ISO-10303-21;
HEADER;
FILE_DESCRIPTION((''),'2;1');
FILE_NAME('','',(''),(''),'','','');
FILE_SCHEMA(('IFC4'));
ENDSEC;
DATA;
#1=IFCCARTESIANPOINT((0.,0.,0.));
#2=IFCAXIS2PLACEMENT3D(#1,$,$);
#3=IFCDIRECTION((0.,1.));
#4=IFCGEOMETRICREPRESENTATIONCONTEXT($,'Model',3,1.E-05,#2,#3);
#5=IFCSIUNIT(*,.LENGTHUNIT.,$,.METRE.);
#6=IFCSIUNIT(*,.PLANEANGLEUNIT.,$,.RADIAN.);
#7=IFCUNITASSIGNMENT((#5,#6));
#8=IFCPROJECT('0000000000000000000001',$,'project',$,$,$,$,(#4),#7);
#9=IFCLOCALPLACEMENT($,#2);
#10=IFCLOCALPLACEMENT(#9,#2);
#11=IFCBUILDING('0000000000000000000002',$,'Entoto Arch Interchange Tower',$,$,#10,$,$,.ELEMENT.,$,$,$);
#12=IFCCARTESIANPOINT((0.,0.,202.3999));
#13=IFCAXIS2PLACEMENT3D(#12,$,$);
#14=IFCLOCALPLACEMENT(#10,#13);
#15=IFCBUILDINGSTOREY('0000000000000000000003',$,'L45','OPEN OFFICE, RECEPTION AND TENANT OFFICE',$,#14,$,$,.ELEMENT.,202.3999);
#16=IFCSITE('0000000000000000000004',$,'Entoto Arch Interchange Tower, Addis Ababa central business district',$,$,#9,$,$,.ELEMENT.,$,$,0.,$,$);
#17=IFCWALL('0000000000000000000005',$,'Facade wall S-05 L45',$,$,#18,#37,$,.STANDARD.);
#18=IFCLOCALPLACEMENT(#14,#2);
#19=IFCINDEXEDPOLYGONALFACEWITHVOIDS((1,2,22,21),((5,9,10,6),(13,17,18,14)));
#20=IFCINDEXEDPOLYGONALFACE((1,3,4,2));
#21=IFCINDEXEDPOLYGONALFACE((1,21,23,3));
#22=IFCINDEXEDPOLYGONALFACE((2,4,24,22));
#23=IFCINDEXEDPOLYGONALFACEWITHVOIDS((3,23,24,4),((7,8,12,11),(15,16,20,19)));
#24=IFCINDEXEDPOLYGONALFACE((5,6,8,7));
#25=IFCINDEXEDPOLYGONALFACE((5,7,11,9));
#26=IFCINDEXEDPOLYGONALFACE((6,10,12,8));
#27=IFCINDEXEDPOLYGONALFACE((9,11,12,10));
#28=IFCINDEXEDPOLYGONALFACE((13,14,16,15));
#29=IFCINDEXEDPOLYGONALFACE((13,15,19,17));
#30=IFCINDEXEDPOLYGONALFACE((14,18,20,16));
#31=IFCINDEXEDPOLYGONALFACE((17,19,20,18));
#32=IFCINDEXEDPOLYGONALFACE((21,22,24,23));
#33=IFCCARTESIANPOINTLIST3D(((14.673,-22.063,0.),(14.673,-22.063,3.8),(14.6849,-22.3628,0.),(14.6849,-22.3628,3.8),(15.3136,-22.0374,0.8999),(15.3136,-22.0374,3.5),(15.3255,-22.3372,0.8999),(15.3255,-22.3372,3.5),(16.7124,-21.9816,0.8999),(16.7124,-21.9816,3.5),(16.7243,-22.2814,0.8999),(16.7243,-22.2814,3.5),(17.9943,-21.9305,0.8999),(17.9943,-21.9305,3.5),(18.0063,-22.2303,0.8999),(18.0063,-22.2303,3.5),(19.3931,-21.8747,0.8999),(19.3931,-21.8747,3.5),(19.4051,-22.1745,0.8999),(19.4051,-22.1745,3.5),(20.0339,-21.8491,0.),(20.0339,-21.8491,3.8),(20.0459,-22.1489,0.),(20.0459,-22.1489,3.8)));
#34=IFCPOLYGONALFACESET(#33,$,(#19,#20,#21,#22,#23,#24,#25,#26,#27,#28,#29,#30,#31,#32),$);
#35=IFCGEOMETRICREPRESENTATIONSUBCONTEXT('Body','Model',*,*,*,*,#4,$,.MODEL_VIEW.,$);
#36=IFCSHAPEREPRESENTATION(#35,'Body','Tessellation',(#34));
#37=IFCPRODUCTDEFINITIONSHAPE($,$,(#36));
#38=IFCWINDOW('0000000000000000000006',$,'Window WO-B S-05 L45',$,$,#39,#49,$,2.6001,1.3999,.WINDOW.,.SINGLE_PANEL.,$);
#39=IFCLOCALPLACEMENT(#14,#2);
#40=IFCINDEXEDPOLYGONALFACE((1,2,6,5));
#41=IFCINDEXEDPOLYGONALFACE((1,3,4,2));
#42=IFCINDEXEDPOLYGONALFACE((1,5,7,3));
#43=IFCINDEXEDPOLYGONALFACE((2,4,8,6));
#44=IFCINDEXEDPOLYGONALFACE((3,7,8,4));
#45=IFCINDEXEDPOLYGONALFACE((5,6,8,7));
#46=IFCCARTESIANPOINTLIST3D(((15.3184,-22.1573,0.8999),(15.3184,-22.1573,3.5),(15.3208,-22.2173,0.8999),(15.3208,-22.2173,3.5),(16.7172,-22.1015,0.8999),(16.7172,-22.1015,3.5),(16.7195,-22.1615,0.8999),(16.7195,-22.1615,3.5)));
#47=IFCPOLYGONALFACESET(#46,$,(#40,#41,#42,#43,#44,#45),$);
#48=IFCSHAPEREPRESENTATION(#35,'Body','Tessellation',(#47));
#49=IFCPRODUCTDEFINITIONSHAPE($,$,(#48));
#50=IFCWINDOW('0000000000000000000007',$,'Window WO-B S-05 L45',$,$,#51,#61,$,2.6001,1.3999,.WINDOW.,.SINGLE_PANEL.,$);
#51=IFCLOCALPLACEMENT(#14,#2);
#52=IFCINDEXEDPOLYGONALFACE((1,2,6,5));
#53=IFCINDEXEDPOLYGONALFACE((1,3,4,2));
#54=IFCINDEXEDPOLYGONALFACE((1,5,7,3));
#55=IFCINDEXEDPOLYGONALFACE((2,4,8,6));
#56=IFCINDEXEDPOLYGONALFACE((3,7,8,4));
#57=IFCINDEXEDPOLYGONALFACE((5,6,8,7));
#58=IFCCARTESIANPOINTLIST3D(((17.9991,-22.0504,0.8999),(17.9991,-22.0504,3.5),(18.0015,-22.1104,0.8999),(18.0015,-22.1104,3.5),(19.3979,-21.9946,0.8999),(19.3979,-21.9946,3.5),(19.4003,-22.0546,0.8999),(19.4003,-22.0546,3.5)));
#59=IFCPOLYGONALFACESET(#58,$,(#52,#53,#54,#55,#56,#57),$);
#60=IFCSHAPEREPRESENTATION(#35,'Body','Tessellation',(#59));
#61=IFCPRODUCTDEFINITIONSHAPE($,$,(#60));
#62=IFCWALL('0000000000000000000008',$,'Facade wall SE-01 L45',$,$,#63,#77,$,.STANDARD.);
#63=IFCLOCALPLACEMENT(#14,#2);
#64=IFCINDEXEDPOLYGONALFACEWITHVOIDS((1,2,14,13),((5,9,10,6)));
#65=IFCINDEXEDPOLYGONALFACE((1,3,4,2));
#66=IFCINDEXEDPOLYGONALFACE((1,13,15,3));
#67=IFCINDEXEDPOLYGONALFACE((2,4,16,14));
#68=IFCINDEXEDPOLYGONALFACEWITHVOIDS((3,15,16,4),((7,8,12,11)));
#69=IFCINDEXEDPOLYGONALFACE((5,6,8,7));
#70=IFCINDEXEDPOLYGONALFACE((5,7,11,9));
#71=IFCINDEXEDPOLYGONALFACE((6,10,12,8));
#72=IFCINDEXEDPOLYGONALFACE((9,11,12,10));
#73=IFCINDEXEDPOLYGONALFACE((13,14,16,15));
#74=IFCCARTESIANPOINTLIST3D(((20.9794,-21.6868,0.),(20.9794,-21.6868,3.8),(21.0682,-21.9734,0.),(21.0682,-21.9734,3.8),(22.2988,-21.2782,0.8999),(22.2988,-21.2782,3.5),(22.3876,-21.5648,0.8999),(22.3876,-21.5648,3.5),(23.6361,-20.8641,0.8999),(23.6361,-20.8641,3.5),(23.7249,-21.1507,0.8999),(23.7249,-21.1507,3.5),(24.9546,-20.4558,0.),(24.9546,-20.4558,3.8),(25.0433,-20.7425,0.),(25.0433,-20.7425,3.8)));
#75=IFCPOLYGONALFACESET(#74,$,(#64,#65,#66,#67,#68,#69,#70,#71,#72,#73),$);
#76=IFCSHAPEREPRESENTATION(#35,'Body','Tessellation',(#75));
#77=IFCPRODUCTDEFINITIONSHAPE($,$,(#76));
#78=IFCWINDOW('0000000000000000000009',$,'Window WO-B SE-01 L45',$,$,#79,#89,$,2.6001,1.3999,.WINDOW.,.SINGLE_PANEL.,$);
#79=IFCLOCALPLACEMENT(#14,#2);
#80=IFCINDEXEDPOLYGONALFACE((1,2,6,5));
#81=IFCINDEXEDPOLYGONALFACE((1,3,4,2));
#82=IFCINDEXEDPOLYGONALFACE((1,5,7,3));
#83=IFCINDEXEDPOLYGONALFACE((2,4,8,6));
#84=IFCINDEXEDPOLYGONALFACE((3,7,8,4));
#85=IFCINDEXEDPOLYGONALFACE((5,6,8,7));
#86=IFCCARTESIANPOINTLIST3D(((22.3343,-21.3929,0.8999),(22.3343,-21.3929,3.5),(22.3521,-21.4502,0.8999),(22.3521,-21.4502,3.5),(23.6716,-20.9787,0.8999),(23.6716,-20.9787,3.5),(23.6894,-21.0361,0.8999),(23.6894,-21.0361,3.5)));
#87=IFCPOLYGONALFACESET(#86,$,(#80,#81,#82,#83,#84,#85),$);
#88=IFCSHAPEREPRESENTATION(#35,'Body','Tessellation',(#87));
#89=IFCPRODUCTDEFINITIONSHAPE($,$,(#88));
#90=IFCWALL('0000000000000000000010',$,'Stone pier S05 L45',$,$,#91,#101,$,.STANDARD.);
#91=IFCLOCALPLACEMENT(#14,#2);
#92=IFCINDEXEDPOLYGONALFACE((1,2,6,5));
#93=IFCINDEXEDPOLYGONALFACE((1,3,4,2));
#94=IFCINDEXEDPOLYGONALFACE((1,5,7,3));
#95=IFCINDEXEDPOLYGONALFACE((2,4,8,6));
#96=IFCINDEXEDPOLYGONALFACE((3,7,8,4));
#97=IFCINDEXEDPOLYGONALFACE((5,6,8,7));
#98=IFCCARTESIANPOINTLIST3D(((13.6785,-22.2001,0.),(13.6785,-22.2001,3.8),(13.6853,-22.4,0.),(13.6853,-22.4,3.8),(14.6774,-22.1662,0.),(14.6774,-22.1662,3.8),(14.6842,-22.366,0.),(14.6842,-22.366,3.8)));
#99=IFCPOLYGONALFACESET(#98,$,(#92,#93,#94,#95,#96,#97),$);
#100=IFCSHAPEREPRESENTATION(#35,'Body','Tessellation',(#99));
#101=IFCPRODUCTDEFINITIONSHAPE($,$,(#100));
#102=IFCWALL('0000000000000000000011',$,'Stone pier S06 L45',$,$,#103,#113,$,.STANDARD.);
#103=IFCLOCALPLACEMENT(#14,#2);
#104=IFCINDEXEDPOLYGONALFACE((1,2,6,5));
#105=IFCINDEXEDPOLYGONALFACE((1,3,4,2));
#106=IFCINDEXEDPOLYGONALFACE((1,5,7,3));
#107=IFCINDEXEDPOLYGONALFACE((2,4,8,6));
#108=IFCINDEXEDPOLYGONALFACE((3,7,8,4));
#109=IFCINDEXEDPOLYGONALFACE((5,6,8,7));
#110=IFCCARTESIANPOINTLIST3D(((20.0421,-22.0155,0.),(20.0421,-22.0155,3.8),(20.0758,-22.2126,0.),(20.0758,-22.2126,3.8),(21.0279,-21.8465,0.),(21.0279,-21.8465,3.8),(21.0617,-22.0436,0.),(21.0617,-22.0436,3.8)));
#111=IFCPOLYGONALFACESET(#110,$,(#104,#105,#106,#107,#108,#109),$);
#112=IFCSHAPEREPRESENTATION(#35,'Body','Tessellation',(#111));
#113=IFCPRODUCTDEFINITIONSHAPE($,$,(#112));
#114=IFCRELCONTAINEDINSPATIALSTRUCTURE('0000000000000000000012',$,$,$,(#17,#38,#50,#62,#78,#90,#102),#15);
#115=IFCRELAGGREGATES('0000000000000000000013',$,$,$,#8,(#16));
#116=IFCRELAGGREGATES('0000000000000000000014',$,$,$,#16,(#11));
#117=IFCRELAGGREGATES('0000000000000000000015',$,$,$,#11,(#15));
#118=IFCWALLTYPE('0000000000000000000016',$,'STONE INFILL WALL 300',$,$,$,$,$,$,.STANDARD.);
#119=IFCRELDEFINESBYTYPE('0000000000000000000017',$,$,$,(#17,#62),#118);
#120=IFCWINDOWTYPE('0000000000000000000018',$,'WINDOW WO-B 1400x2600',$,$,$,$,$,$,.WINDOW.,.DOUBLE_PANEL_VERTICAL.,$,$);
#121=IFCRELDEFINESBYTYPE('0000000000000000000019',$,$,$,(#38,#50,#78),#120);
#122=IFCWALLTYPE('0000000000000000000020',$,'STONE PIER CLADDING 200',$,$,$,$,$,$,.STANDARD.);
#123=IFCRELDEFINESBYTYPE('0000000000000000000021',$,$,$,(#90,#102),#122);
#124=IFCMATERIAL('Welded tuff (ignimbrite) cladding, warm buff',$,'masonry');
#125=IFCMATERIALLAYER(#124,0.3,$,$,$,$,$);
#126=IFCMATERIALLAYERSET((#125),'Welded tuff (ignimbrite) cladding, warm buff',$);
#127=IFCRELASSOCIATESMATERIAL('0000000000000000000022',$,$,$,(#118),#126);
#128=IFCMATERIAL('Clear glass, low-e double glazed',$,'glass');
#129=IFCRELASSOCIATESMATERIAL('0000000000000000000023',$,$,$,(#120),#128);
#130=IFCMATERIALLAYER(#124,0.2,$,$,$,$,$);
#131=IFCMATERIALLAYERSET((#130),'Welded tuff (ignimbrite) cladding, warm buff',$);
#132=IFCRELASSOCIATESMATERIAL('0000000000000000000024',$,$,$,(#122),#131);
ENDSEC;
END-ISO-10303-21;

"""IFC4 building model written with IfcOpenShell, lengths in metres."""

from ifc_helpers import new_model, si_unit, direction, frame, frame_2d, origin, place, context, subcontext, project, spatial, rectangle, extrude, material, layer, layer_set, type_object, element, fill, save


model = new_model("IFC4")

# Units and contexts
model_context = context("Model", 3, precision=1e-05, world=origin(), true_north=direction((0.0, 1.0)))
body_context = subcontext(model_context, "Body", "Model", "MODEL_VIEW")
ifc_project = project(units=[si_unit("LENGTHUNIT", "METRE"), si_unit("PLANEANGLEUNIT", "RADIAN")], contexts=[model_context])

# Site, building, storey
site_placement = place(None, origin())
site = spatial("IfcSite", under=ifc_project, at=site_placement, Name="Entoto Arch Interchange Tower, Addis Ababa central business district", CompositionType="ELEMENT", RefElevation=0.0)
building_placement = place(site_placement, origin())
building = spatial("IfcBuilding", under=site, at=building_placement, Name="Entoto Arch Interchange Tower", CompositionType="ELEMENT")
storey_placement = place(building_placement, frame((0.0, 0.0, 202.3999)))
storey = spatial("IfcBuildingStorey", under=building, at=storey_placement, Name="L45", Description="OPEN OFFICE, RECEPTION AND TENANT OFFICE", CompositionType="ELEMENT", Elevation=202.3999)

# Wall, openings, windows
ifc_material_1 = material(Name="Welded tuff (ignimbrite) cladding, warm buff", Category="masonry")
ifc_layer_1 = layer(ifc_material_1, 0.3)
ifc_layer_set_1 = layer_set([ifc_layer_1], Name="Welded tuff (ignimbrite) cladding, warm buff")
wall_type_1 = type_object("IfcWallType", Name="STONE INFILL WALL 300", PredefinedType="STANDARD", material=ifc_layer_set_1)
ifc_material_2 = material(Name="Clear glass, low-e double glazed", Category="glass")
window_type = type_object("IfcWindowType", Name="WINDOW WO-B 1400x2600", PartitioningType="DOUBLE_PANEL_VERTICAL", PredefinedType="WINDOW", material=ifc_material_2)
wall_1_placement = place(storey_placement, frame((14.679, -22.2129, 0.0), z_axis=(0.0, 0.0, 1.0), x_axis=(0.999205, 0.039861, 0.0)))
wall_1 = element("IfcWall", 1, at=wall_1_placement, inside=storey, type_object=wall_type_1, Name="Facade wall S-05 L45", PredefinedType="STANDARD", context=body_context, shape_type="SweptSolid", body=[
    extrude(rectangle(XDim=5.3652, YDim=0.3, at=frame_2d((2.6826, 0.0))), origin(), (0.0, 0.0, 1.0), 3.8),
])
opening_1_placement = place(wall_1_placement, frame((0.6411, 0.0, 0.8999)))
opening_1 = element("IfcOpeningElement", 2, at=opening_1_placement, cuts=wall_1, PredefinedType="OPENING", context=body_context, shape_type="SweptSolid", body=[
    extrude(rectangle(XDim=1.3999, YDim=2.6001, at=frame_2d((0.7, 1.3))), frame((0.0, 0.1602, 0.0), z_axis=(0.0, -1.0, 0.0), x_axis=(1.0, 0.0, 0.0)), (0.0, 0.0, 1.0), 0.3201),
])
opening_2_placement = place(wall_1_placement, frame((3.324, 0.0, 0.8999)))
opening_2 = element("IfcOpeningElement", 3, at=opening_2_placement, cuts=wall_1, PredefinedType="OPENING", context=body_context, shape_type="SweptSolid", body=[
    extrude(rectangle(XDim=1.3999, YDim=2.6001, at=frame_2d((0.7, 1.3))), frame((0.0, 0.1602, 0.0), z_axis=(0.0, -1.0, 0.0), x_axis=(1.0, 0.0, 0.0)), (0.0, 0.0, 1.0), 0.3201),
])
window_1_placement = place(opening_1_placement, origin())
window_1 = element("IfcWindow", 4, at=window_1_placement, inside=storey, type_object=window_type, Name="Window WO-B S-05 L45", OverallHeight=2.6001, OverallWidth=1.3999, PartitioningType="SINGLE_PANEL", PredefinedType="WINDOW", context=body_context, shape_type="SweptSolid", body=[
    extrude(rectangle(XDim=1.3999, YDim=2.6001, at=frame_2d((0.7, 1.3))), frame((0.0, 0.03, 0.0), z_axis=(0.0, -1.0, 0.0), x_axis=(1.0, 0.0, 0.0)), (0.0, 0.0, 1.0), 0.0601),
])
fill(opening_1, window_1)
window_2_placement = place(opening_2_placement, origin())
window_2 = element("IfcWindow", 5, at=window_2_placement, inside=storey, type_object=window_type, Name="Window WO-B S-05 L45", OverallHeight=2.6001, OverallWidth=1.3999, PartitioningType="SINGLE_PANEL", PredefinedType="WINDOW", context=body_context, shape_type="SweptSolid", body=[
    extrude(rectangle(XDim=1.3999, YDim=2.6001, at=frame_2d((0.7, 1.3))), frame((0.0, 0.03, 0.0), z_axis=(0.0, -1.0, 0.0), x_axis=(1.0, 0.0, 0.0)), (0.0, 0.0, 1.0), 0.0601),
])
fill(opening_2, window_2)

# Wall, opening, window
wall_2_placement = place(storey_placement, frame((21.0239, -21.8301, 0.0), z_axis=(0.0, 0.0, 1.0), x_axis=(0.955247, 0.295809, 0.0)))
wall_2 = element("IfcWall", 6, at=wall_2_placement, inside=storey, type_object=wall_type_1, Name="Facade wall SE-01 L45", PredefinedType="STANDARD", context=body_context, shape_type="SweptSolid", body=[
    extrude(rectangle(XDim=4.1614, YDim=0.3, at=frame_2d((2.0806, 0.0))), origin(), (0.0, 0.0, 1.0), 3.8),
])
opening_3_placement = place(wall_2_placement, frame((1.3811, 0.0, 0.8999)))
opening_3 = element("IfcOpeningElement", 7, at=opening_3_placement, cuts=wall_2, PredefinedType="OPENING", context=body_context, shape_type="SweptSolid", body=[
    extrude(rectangle(XDim=1.3999, YDim=2.6001, at=frame_2d((0.7, 1.3))), frame((0.0, 0.1602, 0.0), z_axis=(0.0, -1.0, 0.0), x_axis=(1.0, 0.0, 0.0)), (0.0, 0.0, 1.0), 0.3201),
])
window_3_placement = place(opening_3_placement, origin())
window_3 = element("IfcWindow", 8, at=window_3_placement, inside=storey, type_object=window_type, Name="Window WO-B SE-01 L45", OverallHeight=2.6001, OverallWidth=1.3999, PartitioningType="SINGLE_PANEL", PredefinedType="WINDOW", context=body_context, shape_type="SweptSolid", body=[
    extrude(rectangle(XDim=1.3999, YDim=2.6001, at=frame_2d((0.7, 1.3))), frame((0.0, 0.03, 0.0), z_axis=(0.0, -1.0, 0.0), x_axis=(1.0, 0.0, 0.0)), (0.0, 0.0, 1.0), 0.0601),
])
fill(opening_3, window_3)

# Walls
ifc_layer_2 = layer(ifc_material_1, 0.2)
ifc_layer_set_2 = layer_set([ifc_layer_2], Name="Welded tuff (ignimbrite) cladding, warm buff")
wall_type_2 = type_object("IfcWallType", Name="STONE PIER CLADDING 200", PredefinedType="STANDARD", material=ifc_layer_set_2)
wall_3_placement = place(storey_placement, frame((13.6819, -22.3, 0.0), z_axis=(0.0, 0.0, 1.0), x_axis=(0.999424, 0.033949, 0.0)))
element("IfcWall", 9, at=wall_3_placement, inside=storey, type_object=wall_type_2, Name="Stone pier S05 L45", PredefinedType="STANDARD", context=body_context, shape_type="SweptSolid", body=[
    extrude(rectangle(XDim=0.9995, YDim=0.2, at=frame_2d((0.4998, 0.0))), origin(), (0.0, 0.0, 1.0), 3.8),
])
wall_4_placement = place(storey_placement, frame((20.0591, -22.114, 0.0), z_axis=(0.0, 0.0, 1.0), x_axis=(0.985632, 0.16891, 0.0)))
element("IfcWall", 10, at=wall_4_placement, inside=storey, type_object=wall_type_2, Name="Stone pier S06 L45", PredefinedType="STANDARD", context=body_context, shape_type="SweptSolid", body=[
    extrude(rectangle(XDim=1.0002, YDim=0.2, at=frame_2d((0.5, 0.0))), origin(), (0.0, 0.0, 1.0), 3.8),
])

save(model, "model.ifc")
